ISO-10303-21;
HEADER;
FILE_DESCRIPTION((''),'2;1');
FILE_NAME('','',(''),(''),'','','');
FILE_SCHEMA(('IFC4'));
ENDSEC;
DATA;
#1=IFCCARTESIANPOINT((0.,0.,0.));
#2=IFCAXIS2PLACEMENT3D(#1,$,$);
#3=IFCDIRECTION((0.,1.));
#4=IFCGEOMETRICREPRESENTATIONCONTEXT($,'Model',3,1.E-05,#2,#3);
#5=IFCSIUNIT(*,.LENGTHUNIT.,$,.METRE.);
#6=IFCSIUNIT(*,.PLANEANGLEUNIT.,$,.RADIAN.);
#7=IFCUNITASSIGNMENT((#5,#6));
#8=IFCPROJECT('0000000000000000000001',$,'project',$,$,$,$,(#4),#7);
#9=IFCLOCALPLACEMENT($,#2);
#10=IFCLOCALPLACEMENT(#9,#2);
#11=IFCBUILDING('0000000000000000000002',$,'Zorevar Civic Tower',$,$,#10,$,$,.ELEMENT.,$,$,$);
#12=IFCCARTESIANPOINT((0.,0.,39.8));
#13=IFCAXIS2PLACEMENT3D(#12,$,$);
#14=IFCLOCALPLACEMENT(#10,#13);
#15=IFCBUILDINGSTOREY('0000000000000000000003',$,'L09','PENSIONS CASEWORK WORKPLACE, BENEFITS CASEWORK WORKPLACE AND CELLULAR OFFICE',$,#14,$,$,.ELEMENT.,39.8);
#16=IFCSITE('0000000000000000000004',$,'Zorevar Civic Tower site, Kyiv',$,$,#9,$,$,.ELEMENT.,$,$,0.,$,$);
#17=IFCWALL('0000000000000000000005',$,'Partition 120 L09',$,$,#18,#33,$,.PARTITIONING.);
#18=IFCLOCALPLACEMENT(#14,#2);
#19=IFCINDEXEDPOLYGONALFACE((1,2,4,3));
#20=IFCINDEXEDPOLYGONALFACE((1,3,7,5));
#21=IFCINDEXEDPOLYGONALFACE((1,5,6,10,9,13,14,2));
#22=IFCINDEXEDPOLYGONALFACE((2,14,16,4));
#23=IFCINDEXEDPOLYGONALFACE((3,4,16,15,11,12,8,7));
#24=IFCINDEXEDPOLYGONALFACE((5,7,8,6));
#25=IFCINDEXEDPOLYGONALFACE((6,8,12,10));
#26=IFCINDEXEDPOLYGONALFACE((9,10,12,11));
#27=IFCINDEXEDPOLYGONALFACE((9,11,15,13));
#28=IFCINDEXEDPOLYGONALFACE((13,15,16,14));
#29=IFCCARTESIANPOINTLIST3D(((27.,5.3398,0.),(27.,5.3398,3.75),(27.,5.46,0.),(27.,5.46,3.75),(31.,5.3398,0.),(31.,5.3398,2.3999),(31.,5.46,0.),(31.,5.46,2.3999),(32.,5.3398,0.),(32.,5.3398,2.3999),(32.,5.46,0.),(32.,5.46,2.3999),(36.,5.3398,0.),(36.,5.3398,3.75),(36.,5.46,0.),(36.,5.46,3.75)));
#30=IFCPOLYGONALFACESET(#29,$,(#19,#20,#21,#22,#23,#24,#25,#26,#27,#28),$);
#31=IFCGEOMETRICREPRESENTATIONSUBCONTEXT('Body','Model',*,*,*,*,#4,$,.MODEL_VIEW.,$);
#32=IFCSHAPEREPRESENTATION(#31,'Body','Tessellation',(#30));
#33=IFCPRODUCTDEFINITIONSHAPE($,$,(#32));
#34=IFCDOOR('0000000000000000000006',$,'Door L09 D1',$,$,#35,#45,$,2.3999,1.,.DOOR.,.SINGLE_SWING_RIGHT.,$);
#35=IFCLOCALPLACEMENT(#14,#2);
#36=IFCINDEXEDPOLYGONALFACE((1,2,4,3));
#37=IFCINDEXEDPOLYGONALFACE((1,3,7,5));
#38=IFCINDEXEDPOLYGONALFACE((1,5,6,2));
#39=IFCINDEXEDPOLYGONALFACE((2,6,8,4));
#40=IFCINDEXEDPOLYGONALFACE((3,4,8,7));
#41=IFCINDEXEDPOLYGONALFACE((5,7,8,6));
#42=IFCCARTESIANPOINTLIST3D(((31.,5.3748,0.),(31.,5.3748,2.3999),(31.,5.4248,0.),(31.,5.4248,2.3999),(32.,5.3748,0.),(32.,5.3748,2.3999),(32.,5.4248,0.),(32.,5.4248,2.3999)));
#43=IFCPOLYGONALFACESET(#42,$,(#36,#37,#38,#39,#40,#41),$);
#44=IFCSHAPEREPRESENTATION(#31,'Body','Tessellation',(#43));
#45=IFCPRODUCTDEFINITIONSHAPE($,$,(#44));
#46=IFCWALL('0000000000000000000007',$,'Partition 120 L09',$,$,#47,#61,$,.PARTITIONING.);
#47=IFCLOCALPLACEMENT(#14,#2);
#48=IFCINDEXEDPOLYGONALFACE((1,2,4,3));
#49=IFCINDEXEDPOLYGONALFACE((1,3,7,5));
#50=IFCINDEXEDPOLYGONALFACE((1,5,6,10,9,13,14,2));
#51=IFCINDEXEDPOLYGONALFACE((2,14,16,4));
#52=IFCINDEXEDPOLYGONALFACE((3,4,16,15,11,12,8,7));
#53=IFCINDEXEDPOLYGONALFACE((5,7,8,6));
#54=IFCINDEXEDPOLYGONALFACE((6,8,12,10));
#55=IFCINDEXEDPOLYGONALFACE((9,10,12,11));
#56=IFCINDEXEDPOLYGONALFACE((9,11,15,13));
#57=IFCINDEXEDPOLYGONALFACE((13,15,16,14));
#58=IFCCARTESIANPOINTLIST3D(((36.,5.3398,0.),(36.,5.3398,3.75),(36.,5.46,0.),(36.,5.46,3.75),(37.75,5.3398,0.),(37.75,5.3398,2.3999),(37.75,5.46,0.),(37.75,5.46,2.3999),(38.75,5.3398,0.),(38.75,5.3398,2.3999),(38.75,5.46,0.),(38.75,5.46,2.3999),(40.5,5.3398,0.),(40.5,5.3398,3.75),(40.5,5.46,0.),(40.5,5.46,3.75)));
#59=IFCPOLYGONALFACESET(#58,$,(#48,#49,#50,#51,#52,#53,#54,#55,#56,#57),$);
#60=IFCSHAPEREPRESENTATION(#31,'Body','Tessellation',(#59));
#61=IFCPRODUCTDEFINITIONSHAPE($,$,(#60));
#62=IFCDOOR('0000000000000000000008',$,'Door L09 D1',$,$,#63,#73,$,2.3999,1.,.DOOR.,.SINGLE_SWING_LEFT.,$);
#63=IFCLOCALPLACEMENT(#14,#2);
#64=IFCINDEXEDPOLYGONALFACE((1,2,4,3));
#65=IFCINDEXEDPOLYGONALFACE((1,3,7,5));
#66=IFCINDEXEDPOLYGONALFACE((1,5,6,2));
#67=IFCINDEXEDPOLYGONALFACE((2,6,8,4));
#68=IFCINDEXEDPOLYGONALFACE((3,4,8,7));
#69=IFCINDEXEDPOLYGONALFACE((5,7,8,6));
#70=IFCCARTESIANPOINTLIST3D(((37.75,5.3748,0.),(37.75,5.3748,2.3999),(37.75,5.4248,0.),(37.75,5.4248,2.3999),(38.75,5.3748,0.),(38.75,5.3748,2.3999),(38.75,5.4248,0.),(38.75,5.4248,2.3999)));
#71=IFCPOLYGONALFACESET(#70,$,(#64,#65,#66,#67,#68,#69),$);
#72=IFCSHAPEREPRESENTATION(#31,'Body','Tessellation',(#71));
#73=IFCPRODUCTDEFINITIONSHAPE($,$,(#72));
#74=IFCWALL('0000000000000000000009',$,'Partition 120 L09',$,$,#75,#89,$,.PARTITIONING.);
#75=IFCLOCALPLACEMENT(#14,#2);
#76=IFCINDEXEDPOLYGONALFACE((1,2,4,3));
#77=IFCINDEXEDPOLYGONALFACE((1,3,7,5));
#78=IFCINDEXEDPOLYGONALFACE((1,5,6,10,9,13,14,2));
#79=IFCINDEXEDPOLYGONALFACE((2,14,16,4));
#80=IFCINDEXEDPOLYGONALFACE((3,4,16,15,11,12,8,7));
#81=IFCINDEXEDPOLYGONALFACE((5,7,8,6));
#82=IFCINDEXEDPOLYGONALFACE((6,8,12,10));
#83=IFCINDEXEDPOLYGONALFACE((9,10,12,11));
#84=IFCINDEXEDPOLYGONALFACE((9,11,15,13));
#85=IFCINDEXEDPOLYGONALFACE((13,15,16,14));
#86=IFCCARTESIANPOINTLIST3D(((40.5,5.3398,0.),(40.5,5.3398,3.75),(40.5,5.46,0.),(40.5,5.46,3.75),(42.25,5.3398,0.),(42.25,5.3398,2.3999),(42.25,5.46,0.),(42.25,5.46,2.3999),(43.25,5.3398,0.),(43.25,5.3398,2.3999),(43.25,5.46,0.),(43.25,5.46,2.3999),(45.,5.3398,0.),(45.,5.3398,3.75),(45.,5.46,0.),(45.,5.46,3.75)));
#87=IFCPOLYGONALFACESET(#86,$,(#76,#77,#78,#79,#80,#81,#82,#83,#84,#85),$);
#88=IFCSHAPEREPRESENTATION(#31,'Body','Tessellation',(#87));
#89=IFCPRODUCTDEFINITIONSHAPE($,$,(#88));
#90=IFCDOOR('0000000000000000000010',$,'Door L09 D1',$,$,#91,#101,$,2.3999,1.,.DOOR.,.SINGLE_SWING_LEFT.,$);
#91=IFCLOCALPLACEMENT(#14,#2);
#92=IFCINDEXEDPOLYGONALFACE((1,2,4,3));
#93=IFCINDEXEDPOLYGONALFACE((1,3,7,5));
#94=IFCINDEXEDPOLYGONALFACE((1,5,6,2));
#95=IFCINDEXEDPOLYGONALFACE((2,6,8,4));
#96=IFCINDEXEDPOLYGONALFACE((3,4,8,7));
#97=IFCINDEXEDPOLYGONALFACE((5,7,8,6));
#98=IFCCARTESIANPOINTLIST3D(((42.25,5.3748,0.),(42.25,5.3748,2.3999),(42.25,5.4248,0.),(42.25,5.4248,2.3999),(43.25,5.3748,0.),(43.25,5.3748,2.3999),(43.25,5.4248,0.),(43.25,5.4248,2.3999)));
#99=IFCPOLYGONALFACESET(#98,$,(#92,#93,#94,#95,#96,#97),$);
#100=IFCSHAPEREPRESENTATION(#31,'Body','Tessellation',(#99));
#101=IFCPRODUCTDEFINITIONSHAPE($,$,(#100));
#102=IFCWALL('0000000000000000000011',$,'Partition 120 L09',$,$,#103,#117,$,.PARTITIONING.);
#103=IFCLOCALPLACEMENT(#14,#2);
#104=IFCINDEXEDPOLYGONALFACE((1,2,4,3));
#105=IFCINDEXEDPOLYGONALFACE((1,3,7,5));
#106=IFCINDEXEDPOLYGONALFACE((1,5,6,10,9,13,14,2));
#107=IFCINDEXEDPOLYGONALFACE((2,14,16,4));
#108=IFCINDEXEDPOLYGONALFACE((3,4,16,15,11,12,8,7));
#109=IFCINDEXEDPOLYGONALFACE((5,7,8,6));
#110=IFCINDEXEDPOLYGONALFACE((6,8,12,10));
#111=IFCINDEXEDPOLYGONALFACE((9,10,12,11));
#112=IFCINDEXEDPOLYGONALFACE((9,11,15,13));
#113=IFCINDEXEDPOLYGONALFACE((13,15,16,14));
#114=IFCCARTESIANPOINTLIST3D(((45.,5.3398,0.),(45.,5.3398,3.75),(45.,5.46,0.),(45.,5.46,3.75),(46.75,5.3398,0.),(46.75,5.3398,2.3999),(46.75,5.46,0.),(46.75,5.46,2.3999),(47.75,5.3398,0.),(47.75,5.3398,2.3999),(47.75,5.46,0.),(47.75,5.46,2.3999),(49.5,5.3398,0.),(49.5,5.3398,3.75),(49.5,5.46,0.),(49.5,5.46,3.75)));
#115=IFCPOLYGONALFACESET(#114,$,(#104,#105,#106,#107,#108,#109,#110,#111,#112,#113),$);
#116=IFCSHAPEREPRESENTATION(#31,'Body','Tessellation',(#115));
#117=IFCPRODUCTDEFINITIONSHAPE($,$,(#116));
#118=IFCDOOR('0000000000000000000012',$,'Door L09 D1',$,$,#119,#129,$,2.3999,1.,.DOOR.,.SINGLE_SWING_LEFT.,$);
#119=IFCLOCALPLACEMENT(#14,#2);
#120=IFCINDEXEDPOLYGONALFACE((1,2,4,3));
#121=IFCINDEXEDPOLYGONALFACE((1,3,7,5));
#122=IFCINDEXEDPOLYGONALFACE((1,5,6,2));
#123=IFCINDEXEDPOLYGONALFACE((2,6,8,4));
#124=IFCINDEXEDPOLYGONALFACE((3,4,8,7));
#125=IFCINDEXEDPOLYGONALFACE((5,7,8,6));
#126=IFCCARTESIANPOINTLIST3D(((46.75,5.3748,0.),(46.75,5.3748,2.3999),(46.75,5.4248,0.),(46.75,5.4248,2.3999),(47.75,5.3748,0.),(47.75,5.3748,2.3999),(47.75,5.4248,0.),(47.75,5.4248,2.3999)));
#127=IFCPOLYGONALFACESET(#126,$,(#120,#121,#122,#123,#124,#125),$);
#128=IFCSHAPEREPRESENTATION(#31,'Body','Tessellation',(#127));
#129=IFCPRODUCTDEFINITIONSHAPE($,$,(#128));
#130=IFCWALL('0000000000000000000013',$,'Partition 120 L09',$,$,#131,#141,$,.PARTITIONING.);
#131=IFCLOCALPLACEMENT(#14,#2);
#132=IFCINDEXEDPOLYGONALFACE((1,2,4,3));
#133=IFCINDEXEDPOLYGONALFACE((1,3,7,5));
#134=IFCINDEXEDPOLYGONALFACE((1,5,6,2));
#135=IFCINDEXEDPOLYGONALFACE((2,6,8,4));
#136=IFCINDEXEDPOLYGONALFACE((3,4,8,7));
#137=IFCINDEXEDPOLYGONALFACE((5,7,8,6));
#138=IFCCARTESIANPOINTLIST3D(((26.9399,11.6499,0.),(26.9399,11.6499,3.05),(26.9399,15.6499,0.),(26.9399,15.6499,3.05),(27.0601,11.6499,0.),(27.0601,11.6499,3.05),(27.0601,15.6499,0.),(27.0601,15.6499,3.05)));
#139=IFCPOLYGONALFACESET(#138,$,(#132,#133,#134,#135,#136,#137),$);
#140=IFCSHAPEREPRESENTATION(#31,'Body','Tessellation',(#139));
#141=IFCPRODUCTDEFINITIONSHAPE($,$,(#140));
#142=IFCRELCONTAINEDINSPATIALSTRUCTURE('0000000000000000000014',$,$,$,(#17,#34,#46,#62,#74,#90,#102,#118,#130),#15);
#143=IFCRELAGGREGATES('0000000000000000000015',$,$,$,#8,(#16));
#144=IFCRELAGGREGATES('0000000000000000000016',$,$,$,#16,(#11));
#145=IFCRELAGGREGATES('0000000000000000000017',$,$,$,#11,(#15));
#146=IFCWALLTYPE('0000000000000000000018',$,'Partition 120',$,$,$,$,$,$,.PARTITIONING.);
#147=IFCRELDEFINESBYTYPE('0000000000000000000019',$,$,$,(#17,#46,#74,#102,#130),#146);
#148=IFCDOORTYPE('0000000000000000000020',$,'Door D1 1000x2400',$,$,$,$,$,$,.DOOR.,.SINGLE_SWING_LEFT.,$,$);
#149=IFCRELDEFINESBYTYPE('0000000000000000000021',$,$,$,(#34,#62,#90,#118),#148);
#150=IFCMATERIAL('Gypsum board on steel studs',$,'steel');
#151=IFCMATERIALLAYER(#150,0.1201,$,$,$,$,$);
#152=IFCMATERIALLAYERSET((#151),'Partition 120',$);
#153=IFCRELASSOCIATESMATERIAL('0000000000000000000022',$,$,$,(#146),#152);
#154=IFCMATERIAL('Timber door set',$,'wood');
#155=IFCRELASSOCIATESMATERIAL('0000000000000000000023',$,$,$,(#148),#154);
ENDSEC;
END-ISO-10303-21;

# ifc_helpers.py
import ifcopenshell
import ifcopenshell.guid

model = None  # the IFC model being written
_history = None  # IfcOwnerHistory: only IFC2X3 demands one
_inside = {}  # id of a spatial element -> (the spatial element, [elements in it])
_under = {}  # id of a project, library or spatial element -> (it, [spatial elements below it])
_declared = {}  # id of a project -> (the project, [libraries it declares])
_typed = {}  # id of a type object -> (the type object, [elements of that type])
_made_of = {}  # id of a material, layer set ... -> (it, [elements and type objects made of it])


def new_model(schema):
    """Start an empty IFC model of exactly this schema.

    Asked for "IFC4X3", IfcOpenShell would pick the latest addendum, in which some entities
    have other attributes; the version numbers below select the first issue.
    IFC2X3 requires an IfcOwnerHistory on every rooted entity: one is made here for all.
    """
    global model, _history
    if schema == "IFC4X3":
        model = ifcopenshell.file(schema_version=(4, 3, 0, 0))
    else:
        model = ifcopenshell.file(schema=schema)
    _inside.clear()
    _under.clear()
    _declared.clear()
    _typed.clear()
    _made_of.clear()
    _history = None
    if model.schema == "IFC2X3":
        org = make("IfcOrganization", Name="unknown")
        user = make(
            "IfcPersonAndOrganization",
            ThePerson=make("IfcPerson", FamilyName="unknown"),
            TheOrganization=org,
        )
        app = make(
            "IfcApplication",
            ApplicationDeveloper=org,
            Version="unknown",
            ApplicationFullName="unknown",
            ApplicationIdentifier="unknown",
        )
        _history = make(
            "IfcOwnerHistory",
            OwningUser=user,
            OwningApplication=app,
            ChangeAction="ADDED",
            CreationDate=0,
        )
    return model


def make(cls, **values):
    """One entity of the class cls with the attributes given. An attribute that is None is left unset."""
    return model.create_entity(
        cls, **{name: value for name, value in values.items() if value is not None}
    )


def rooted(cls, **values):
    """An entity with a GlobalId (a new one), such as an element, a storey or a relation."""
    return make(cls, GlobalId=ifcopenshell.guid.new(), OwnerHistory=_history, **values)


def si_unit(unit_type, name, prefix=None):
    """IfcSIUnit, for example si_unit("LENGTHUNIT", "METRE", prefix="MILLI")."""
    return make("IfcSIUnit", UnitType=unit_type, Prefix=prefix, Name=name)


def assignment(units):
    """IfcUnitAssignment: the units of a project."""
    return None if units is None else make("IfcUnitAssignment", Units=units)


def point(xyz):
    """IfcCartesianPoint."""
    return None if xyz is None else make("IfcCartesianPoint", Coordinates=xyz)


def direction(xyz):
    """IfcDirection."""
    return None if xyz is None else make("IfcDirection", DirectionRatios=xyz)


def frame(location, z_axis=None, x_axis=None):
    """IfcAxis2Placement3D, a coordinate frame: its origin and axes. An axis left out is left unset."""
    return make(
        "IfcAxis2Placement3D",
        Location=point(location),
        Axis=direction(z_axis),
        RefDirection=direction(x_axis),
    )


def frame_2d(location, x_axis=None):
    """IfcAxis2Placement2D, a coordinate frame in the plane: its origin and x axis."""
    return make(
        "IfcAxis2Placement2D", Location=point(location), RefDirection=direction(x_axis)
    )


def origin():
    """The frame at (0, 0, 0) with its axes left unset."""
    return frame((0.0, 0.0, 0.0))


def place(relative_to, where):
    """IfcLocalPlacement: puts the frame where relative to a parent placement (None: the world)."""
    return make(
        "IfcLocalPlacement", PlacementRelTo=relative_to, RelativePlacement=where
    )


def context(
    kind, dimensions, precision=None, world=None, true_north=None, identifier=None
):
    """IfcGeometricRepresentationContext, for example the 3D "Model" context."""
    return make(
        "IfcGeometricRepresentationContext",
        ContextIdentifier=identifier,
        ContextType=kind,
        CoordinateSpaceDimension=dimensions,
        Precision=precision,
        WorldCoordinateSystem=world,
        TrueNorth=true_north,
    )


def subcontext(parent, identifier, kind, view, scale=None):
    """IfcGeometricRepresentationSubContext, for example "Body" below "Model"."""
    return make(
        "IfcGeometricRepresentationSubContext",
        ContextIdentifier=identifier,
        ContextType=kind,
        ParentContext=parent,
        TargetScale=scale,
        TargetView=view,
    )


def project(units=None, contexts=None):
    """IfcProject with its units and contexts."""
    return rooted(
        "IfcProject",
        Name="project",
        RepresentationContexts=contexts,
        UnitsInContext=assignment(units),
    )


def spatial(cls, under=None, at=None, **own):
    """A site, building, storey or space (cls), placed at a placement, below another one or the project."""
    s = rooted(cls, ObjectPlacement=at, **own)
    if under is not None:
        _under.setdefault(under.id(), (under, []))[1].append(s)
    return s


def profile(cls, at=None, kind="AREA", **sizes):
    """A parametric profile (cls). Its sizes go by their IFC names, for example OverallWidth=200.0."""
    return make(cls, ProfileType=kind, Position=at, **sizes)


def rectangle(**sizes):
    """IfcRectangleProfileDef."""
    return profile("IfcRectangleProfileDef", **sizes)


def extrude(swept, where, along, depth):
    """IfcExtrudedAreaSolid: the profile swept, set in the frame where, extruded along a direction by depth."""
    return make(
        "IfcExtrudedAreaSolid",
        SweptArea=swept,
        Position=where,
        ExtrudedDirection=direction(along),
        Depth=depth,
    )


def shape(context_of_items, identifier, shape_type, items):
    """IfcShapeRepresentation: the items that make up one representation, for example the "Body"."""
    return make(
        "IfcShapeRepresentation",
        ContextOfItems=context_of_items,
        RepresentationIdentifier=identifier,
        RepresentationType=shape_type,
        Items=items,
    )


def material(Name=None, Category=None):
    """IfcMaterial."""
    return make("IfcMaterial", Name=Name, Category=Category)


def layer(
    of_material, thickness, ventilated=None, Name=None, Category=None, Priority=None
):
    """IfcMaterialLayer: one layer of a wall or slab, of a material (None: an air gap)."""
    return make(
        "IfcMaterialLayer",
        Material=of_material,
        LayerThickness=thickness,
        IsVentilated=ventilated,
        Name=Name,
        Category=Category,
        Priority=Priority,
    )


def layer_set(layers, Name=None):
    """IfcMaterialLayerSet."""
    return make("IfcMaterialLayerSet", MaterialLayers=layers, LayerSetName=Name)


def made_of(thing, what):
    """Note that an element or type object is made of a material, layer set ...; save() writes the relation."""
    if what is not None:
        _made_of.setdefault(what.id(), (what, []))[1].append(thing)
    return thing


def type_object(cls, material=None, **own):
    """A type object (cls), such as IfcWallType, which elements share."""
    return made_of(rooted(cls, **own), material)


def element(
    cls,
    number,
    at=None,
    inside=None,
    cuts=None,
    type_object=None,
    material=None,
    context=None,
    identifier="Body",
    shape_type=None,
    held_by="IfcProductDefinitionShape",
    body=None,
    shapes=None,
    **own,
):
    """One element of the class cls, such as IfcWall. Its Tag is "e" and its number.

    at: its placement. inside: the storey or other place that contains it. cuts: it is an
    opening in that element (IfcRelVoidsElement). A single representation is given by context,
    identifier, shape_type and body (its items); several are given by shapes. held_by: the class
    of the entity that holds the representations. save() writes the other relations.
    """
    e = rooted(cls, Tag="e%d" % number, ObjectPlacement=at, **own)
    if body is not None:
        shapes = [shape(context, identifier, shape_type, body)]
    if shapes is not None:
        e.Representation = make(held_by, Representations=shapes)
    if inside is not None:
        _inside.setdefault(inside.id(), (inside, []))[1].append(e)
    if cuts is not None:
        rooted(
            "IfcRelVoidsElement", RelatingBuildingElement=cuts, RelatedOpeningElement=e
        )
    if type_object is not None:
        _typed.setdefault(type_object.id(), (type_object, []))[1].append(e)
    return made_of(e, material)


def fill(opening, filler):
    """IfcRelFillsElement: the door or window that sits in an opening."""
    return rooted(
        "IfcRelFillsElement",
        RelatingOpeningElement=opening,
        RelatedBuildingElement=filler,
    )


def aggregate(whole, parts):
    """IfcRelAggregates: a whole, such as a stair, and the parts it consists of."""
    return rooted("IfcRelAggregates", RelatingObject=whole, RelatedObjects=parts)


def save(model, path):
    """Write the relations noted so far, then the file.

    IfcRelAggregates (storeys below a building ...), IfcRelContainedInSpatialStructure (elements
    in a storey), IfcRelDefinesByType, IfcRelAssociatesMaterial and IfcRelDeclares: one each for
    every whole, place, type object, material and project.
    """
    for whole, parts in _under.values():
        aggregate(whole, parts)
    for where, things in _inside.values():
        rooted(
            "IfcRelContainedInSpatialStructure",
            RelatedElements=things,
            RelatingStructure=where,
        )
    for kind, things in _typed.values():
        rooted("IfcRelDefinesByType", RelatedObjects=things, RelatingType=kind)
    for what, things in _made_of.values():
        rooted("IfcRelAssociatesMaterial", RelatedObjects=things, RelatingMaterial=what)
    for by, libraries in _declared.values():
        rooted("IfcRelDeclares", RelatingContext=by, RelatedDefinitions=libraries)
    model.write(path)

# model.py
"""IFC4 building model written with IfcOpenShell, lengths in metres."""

from ifc_helpers import new_model, si_unit, direction, frame, frame_2d, origin, place, context, subcontext, project, spatial, rectangle, extrude, material, layer, layer_set, type_object, element, fill, save


model = new_model("IFC4")

# Units and contexts
model_context = context("Model", 3, precision=1e-05, world=origin(), true_north=direction((0.0, 1.0)))
body_context = subcontext(model_context, "Body", "Model", "MODEL_VIEW")
ifc_project = project(units=[si_unit("LENGTHUNIT", "METRE"), si_unit("PLANEANGLEUNIT", "RADIAN")], contexts=[model_context])

# Site, building, storey
site_placement = place(None, origin())
site = spatial("IfcSite", under=ifc_project, at=site_placement, Name="Zorevar Civic Tower site, Kyiv", CompositionType="ELEMENT", RefElevation=0.0)
building_placement = place(site_placement, origin())
building = spatial("IfcBuilding", under=site, at=building_placement, Name="Zorevar Civic Tower", CompositionType="ELEMENT")
storey_placement = place(building_placement, frame((0.0, 0.0, 39.8)))
storey = spatial("IfcBuildingStorey", under=building, at=storey_placement, Name="L09", Description="PENSIONS CASEWORK WORKPLACE, BENEFITS CASEWORK WORKPLACE AND CELLULAR OFFICE", CompositionType="ELEMENT", Elevation=39.8)

# Walls, openings, doors
ifc_material_1 = material(Name="Gypsum board on steel studs", Category="steel")
ifc_layer = layer(ifc_material_1, 0.1201)
ifc_layer_set = layer_set([ifc_layer], Name="Partition 120")
wall_type = type_object("IfcWallType", Name="Partition 120", PredefinedType="PARTITIONING", material=ifc_layer_set)
wall_1_placement = place(storey_placement, frame((27.0, 5.3999, 0.0), z_axis=(0.0, 0.0, 1.0), x_axis=(1.0, 0.0, 0.0)))
wall_1 = element("IfcWall", 1, at=wall_1_placement, inside=storey, type_object=wall_type, Name="Partition 120 L09", PredefinedType="PARTITIONING", context=body_context, shape_type="SweptSolid", body=[
    extrude(rectangle(XDim=9.0, YDim=0.1201, at=frame_2d((4.5, 0.0))), origin(), (0.0, 0.0, 1.0), 3.75),
])
opening_1_placement = place(wall_1_placement, frame((4.0, 0.0, 0.0)))
opening_1 = element("IfcOpeningElement", 2, at=opening_1_placement, cuts=wall_1, PredefinedType="OPENING", context=body_context, shape_type="SweptSolid", body=[
    extrude(rectangle(XDim=1.0, YDim=2.3999, at=frame_2d((0.5, 1.2))), frame((0.0, 0.0701, 0.0), z_axis=(0.0, -1.0, 0.0), x_axis=(1.0, 0.0, 0.0)), (0.0, 0.0, 1.0), 0.1401),
])
ifc_material_2 = material(Name="Timber door set", Category="wood")
door_type = type_object("IfcDoorType", Name="Door D1 1000x2400", OperationType="SINGLE_SWING_LEFT", PredefinedType="DOOR", material=ifc_material_2)
door_1_placement = place(opening_1_placement, origin())
door_1 = element("IfcDoor", 3, at=door_1_placement, inside=storey, type_object=door_type, Name="Door L09 D1", OperationType="SINGLE_SWING_RIGHT", OverallHeight=2.3999, OverallWidth=1.0, PredefinedType="DOOR", context=body_context, shape_type="SweptSolid", body=[
    extrude(rectangle(XDim=1.0, YDim=2.3999, at=frame_2d((0.5, 1.2))), frame((0.0, 0.0249, 0.0), z_axis=(0.0, -1.0, 0.0), x_axis=(1.0, 0.0, 0.0)), (0.0, 0.0, 1.0), 0.05),
])
fill(opening_1, door_1)
wall_2_placement = place(storey_placement, frame((36.0, 5.3999, 0.0), z_axis=(0.0, 0.0, 1.0), x_axis=(1.0, 0.0, 0.0)))
wall_2 = element("IfcWall", 4, at=wall_2_placement, inside=storey, type_object=wall_type, Name="Partition 120 L09", PredefinedType="PARTITIONING", context=body_context, shape_type="SweptSolid", body=[
    extrude(rectangle(XDim=4.5, YDim=0.1201, at=frame_2d((2.25, 0.0))), origin(), (0.0, 0.0, 1.0), 3.75),
])
opening_2_placement = place(wall_2_placement, frame((1.75, 0.0, 0.0)))
opening_2 = element("IfcOpeningElement", 5, at=opening_2_placement, cuts=wall_2, PredefinedType="OPENING", context=body_context, shape_type="SweptSolid", body=[
    extrude(rectangle(XDim=1.0, YDim=2.3999, at=frame_2d((0.5, 1.2))), frame((0.0, 0.0701, 0.0), z_axis=(0.0, -1.0, 0.0), x_axis=(1.0, 0.0, 0.0)), (0.0, 0.0, 1.0), 0.1401),
])
door_2_placement = place(opening_2_placement, origin())
door_2 = element("IfcDoor", 6, at=door_2_placement, inside=storey, type_object=door_type, Name="Door L09 D1", OperationType="SINGLE_SWING_LEFT", OverallHeight=2.3999, OverallWidth=1.0, PredefinedType="DOOR", context=body_context, shape_type="SweptSolid", body=[
    extrude(rectangle(XDim=1.0, YDim=2.3999, at=frame_2d((0.5, 1.2))), frame((0.0, 0.0249, 0.0), z_axis=(0.0, -1.0, 0.0), x_axis=(1.0, 0.0, 0.0)), (0.0, 0.0, 1.0), 0.05),
])
fill(opening_2, door_2)
wall_3_placement = place(storey_placement, frame((40.5, 5.3999, 0.0), z_axis=(0.0, 0.0, 1.0), x_axis=(1.0, 0.0, 0.0)))
wall_3 = element("IfcWall", 7, at=wall_3_placement, inside=storey, type_object=wall_type, Name="Partition 120 L09", PredefinedType="PARTITIONING", context=body_context, shape_type="SweptSolid", body=[
    extrude(rectangle(XDim=4.5, YDim=0.1201, at=frame_2d((2.25, 0.0))), origin(), (0.0, 0.0, 1.0), 3.75),
])
opening_3_placement = place(wall_3_placement, frame((1.75, 0.0, 0.0)))
opening_3 = element("IfcOpeningElement", 8, at=opening_3_placement, cuts=wall_3, PredefinedType="OPENING", context=body_context, shape_type="SweptSolid", body=[
    extrude(rectangle(XDim=1.0, YDim=2.3999, at=frame_2d((0.5, 1.2))), frame((0.0, 0.0701, 0.0), z_axis=(0.0, -1.0, 0.0), x_axis=(1.0, 0.0, 0.0)), (0.0, 0.0, 1.0), 0.1401),
])
door_3_placement = place(opening_3_placement, origin())
door_3 = element("IfcDoor", 9, at=door_3_placement, inside=storey, type_object=door_type, Name="Door L09 D1", OperationType="SINGLE_SWING_LEFT", OverallHeight=2.3999, OverallWidth=1.0, PredefinedType="DOOR", context=body_context, shape_type="SweptSolid", body=[
    extrude(rectangle(XDim=1.0, YDim=2.3999, at=frame_2d((0.5, 1.2))), frame((0.0, 0.0249, 0.0), z_axis=(0.0, -1.0, 0.0), x_axis=(1.0, 0.0, 0.0)), (0.0, 0.0, 1.0), 0.05),
])
fill(opening_3, door_3)
wall_4_placement = place(storey_placement, frame((45.0, 5.3999, 0.0), z_axis=(0.0, 0.0, 1.0), x_axis=(1.0, 0.0, 0.0)))
wall_4 = element("IfcWall", 10, at=wall_4_placement, inside=storey, type_object=wall_type, Name="Partition 120 L09", PredefinedType="PARTITIONING", context=body_context, shape_type="SweptSolid", body=[
    extrude(rectangle(XDim=4.5, YDim=0.1201, at=frame_2d((2.25, 0.0))), origin(), (0.0, 0.0, 1.0), 3.75),
])
opening_4_placement = place(wall_4_placement, frame((1.75, 0.0, 0.0)))
opening_4 = element("IfcOpeningElement", 11, at=opening_4_placement, cuts=wall_4, PredefinedType="OPENING", context=body_context, shape_type="SweptSolid", body=[
    extrude(rectangle(XDim=1.0, YDim=2.3999, at=frame_2d((0.5, 1.2))), frame((0.0, 0.0701, 0.0), z_axis=(0.0, -1.0, 0.0), x_axis=(1.0, 0.0, 0.0)), (0.0, 0.0, 1.0), 0.1401),
])
door_4_placement = place(opening_4_placement, origin())
door_4 = element("IfcDoor", 12, at=door_4_placement, inside=storey, type_object=door_type, Name="Door L09 D1", OperationType="SINGLE_SWING_LEFT", OverallHeight=2.3999, OverallWidth=1.0, PredefinedType="DOOR", context=body_context, shape_type="SweptSolid", body=[
    extrude(rectangle(XDim=1.0, YDim=2.3999, at=frame_2d((0.5, 1.2))), frame((0.0, 0.0249, 0.0), z_axis=(0.0, -1.0, 0.0), x_axis=(1.0, 0.0, 0.0)), (0.0, 0.0, 1.0), 0.05),
])
fill(opening_4, door_4)

# Wall
wall_5_placement = place(storey_placement, frame((27.0, 11.6499, 0.0), z_axis=(0.0, 0.0, 1.0), x_axis=(0.0, 1.0, 0.0)))
element("IfcWall", 13, at=wall_5_placement, inside=storey, type_object=wall_type, Name="Partition 120 L09", PredefinedType="PARTITIONING", context=body_context, shape_type="SweptSolid", body=[
    extrude(rectangle(XDim=4.0, YDim=0.1201, at=frame_2d((2.0, 0.0))), origin(), (0.0, 0.0, 1.0), 3.05),
])

save(model, "model.ifc")
